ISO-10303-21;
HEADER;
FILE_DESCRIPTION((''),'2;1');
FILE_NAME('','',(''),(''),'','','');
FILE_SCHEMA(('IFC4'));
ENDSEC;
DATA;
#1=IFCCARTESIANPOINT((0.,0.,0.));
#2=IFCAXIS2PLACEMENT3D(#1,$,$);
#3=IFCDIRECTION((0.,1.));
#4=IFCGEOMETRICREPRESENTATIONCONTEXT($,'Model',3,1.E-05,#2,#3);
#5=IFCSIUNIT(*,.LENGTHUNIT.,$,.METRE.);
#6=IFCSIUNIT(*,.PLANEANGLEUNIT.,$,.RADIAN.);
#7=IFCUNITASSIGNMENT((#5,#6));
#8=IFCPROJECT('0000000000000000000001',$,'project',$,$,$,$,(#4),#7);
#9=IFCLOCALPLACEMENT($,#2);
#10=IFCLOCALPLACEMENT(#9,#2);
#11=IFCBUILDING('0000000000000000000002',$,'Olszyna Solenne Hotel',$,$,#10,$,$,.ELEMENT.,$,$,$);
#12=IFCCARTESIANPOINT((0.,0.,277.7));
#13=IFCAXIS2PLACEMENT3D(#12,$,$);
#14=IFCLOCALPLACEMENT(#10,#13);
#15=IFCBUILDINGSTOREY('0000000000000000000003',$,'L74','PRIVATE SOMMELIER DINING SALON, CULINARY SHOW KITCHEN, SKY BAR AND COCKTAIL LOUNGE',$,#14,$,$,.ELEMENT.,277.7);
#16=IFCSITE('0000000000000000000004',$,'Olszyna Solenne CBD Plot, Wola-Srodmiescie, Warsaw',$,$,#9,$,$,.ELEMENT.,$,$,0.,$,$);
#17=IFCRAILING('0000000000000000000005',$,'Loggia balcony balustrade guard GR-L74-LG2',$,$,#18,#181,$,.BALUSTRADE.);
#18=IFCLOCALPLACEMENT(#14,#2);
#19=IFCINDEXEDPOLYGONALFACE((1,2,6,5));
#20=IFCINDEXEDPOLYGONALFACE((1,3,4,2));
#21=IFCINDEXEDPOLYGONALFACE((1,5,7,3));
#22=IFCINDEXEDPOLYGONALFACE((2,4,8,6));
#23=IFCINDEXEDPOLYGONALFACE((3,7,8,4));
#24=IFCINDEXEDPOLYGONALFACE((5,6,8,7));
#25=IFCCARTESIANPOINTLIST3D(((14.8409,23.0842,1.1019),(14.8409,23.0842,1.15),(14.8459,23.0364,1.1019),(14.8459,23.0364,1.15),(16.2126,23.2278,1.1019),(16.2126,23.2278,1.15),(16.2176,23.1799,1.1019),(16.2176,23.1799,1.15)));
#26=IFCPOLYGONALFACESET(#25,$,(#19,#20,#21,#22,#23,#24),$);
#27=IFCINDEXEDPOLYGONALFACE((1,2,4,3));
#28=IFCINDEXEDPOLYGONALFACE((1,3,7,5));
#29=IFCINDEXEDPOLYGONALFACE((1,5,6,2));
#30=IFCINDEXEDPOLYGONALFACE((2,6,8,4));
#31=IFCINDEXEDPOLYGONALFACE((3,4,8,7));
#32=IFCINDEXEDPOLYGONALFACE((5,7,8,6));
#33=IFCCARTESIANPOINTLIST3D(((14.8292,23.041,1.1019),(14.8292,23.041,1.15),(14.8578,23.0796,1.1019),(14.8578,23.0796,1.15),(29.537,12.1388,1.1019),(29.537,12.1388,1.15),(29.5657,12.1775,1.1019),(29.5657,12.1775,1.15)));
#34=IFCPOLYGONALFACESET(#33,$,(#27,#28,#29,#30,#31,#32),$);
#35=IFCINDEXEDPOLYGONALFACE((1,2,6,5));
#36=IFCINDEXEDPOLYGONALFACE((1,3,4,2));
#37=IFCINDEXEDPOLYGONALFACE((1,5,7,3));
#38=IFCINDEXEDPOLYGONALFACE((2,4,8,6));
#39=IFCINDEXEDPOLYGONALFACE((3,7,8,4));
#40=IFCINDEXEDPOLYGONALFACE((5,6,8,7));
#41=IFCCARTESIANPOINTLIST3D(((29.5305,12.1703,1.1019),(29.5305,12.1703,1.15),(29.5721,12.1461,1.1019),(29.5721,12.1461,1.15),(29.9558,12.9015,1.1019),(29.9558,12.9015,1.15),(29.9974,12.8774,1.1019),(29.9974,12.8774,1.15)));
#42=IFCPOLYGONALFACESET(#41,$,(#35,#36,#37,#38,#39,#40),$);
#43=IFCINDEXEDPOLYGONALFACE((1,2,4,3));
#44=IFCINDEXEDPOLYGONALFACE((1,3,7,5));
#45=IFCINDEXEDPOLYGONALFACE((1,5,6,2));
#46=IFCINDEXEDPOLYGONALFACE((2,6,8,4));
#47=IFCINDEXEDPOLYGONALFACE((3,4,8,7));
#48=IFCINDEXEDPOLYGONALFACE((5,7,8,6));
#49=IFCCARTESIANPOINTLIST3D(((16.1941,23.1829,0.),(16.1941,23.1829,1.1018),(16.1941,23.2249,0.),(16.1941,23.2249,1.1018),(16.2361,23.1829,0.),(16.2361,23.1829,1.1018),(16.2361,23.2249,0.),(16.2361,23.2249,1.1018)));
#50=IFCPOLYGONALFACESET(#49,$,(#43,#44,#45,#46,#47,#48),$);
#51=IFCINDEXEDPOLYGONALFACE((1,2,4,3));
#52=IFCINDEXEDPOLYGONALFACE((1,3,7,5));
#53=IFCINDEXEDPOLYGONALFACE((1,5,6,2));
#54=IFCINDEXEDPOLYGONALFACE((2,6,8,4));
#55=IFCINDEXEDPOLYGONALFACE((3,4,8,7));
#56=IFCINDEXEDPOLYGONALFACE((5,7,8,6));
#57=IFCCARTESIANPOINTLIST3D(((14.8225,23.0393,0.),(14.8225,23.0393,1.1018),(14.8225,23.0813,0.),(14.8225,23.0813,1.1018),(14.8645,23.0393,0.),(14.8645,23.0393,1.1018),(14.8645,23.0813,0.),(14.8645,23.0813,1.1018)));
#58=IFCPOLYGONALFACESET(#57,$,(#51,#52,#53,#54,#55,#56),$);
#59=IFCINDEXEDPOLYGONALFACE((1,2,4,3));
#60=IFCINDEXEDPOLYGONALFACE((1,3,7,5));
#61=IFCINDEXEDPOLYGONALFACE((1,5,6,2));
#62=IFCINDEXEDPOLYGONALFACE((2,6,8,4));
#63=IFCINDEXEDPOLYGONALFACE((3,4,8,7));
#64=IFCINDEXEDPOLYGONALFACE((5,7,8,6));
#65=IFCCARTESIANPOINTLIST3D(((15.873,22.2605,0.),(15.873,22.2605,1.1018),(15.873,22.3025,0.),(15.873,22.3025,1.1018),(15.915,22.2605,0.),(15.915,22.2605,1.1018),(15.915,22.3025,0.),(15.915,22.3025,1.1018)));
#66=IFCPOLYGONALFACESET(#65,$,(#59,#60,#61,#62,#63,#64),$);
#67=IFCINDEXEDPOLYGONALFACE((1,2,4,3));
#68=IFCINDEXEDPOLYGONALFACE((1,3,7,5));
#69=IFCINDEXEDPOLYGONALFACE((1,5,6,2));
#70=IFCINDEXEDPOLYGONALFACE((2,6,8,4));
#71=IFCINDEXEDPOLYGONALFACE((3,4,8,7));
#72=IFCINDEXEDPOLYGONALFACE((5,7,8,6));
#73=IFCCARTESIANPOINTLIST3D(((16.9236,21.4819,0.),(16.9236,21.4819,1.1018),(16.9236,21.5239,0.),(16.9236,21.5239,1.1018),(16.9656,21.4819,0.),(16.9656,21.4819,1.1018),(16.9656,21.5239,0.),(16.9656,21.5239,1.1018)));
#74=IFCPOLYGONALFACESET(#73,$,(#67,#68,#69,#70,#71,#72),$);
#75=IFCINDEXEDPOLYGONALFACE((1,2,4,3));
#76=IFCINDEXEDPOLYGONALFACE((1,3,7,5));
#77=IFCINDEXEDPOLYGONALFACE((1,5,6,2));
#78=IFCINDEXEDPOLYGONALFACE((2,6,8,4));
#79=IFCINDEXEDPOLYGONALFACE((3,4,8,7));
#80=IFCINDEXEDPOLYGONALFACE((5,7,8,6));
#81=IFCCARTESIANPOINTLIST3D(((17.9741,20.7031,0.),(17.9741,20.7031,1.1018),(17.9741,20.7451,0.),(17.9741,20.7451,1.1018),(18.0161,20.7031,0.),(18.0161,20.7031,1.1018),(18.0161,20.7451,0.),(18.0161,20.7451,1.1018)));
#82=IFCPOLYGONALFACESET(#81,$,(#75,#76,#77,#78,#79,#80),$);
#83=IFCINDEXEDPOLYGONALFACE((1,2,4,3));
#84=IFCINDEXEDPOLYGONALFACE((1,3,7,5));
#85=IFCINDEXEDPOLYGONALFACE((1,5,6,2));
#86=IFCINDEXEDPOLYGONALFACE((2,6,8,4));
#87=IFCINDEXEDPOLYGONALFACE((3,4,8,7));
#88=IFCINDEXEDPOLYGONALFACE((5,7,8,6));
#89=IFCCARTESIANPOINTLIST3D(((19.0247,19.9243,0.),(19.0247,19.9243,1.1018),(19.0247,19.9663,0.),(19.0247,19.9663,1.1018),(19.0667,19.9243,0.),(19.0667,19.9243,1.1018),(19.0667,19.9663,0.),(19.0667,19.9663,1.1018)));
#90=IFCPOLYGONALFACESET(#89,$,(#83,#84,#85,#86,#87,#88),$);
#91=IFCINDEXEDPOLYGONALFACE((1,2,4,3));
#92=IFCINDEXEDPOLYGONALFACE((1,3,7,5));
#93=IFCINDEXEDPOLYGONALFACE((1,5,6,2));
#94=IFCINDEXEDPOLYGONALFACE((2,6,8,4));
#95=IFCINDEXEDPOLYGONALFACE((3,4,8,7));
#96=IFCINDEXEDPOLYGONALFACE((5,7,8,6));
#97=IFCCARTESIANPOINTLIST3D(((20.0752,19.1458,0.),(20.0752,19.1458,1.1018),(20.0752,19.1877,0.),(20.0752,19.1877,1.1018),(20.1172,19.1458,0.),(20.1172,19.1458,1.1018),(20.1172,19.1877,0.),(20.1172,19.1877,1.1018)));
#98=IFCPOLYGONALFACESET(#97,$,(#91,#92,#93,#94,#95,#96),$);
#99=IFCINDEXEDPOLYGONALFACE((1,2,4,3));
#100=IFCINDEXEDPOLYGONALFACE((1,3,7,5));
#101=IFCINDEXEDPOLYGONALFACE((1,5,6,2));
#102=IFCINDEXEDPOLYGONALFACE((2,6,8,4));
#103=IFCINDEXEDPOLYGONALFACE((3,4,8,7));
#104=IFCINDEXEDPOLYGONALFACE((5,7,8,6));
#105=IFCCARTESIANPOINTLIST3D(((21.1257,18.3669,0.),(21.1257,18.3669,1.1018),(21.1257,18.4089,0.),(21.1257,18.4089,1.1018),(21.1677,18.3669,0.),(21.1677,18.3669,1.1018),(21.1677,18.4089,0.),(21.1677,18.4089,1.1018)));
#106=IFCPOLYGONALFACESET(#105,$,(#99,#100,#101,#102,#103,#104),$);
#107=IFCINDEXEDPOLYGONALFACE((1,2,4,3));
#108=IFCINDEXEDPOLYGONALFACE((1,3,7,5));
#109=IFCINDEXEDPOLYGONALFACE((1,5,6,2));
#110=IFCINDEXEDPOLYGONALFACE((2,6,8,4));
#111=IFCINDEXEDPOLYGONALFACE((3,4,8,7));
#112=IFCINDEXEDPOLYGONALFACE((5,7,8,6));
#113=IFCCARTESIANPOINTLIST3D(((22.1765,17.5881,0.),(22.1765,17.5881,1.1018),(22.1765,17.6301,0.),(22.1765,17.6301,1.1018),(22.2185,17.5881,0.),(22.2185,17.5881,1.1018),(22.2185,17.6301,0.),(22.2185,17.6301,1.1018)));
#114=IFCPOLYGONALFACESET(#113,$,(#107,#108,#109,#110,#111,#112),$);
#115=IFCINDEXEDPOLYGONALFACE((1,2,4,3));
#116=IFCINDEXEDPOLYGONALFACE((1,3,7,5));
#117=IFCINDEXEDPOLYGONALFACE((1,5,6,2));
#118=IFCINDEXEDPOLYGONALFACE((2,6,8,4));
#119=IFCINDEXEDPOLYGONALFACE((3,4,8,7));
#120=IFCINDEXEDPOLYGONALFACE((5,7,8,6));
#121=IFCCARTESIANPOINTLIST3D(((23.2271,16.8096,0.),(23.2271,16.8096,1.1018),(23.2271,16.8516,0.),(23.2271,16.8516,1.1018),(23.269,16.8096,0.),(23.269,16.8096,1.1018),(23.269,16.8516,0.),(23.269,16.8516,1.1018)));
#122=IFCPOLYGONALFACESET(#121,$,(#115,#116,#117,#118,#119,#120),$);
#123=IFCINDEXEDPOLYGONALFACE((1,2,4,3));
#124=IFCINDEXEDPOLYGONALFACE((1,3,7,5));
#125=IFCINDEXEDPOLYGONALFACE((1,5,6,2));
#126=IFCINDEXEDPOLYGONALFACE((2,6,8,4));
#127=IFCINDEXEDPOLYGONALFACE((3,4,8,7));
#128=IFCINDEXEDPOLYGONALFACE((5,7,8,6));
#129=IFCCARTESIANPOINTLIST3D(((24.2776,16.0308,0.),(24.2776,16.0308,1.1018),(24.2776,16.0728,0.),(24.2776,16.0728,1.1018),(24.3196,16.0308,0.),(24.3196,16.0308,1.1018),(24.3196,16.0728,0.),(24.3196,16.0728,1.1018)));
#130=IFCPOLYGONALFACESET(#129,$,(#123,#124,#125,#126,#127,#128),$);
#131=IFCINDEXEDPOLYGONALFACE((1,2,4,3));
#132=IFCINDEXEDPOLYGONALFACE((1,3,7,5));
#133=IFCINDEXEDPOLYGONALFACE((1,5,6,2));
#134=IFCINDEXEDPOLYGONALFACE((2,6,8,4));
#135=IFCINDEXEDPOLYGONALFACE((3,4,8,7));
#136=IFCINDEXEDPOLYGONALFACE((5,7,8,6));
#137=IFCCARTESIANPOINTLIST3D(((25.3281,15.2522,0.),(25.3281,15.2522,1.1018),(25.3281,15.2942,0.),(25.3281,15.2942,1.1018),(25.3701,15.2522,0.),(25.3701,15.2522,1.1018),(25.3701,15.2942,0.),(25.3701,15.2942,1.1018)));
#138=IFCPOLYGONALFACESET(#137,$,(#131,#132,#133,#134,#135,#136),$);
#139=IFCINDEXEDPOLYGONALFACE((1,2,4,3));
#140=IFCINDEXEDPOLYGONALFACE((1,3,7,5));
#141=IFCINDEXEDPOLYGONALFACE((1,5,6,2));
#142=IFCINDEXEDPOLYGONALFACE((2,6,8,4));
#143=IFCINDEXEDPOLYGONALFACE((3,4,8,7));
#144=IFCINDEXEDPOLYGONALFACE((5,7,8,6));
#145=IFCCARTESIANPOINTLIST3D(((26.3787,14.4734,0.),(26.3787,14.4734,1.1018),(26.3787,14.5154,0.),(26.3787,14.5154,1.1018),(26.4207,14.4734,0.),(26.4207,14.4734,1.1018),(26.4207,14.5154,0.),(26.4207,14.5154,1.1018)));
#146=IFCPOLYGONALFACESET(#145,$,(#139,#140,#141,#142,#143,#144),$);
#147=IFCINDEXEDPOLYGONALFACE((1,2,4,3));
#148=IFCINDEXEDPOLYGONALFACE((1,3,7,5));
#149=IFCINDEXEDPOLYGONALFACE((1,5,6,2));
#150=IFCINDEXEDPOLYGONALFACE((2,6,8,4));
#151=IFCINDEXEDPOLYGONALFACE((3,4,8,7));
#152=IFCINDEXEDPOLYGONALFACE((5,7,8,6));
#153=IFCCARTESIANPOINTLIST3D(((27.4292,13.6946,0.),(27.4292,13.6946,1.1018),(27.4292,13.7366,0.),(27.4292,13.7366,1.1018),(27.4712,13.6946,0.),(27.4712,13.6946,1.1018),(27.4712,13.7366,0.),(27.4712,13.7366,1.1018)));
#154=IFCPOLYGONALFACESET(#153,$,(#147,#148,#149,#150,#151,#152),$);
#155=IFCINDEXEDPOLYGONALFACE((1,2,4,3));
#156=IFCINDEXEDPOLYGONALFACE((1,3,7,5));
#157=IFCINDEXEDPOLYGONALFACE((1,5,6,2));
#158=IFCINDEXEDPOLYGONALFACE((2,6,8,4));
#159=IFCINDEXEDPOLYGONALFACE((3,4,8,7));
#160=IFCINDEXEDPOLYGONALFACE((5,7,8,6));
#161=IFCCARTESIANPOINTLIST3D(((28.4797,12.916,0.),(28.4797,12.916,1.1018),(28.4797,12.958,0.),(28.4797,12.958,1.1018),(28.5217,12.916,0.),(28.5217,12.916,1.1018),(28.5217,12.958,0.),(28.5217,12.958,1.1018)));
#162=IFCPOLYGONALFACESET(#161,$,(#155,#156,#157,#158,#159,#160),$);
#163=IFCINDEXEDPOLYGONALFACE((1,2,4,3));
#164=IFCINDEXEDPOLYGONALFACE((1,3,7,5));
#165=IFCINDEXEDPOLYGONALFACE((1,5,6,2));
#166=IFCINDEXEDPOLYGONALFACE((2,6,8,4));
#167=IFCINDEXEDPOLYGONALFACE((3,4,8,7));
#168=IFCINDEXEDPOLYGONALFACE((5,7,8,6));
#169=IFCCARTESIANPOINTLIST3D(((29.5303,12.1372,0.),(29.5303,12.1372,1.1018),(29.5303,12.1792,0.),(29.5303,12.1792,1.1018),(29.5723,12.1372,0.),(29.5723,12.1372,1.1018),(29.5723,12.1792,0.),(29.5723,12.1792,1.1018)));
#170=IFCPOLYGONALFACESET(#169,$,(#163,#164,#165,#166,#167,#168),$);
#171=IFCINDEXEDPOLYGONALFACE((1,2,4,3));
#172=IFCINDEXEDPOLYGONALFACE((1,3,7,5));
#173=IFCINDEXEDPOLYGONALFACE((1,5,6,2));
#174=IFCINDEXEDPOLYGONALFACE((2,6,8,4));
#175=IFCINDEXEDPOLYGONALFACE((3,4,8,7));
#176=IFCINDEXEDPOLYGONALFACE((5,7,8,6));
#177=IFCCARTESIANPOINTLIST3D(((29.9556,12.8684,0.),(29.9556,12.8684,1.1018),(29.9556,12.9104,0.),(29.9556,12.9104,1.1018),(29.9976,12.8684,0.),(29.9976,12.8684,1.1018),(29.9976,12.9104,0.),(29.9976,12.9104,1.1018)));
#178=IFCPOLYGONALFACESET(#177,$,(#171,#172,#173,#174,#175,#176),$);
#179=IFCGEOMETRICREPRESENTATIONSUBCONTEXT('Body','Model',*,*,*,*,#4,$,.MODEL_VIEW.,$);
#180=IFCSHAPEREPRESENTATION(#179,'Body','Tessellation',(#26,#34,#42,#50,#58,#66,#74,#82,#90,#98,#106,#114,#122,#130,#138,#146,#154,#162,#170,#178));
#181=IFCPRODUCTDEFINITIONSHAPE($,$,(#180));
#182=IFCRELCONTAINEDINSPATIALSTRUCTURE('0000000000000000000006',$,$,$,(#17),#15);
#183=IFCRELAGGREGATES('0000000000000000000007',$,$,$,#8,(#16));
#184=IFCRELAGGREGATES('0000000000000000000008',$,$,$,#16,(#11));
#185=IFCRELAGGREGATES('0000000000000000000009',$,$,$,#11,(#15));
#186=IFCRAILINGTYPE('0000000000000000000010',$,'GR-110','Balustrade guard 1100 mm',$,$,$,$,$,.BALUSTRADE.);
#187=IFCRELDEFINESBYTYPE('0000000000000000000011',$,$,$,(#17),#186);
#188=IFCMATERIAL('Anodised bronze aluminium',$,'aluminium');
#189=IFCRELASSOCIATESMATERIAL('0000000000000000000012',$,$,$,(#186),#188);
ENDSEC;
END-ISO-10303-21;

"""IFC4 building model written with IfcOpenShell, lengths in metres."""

from ifc_helpers import new_model, si_unit, direction, frame, origin, origin_2d, place, context, subcontext, project, spatial, rectangle, extrude, material, type_object, element, save


model = new_model("IFC4")

# Units and contexts
model_context = context("Model", 3, precision=1e-05, world=origin(), true_north=direction((0.0, 1.0)))
body_context = subcontext(model_context, "Body", "Model", "MODEL_VIEW")
ifc_project = project(units=[si_unit("LENGTHUNIT", "METRE"), si_unit("PLANEANGLEUNIT", "RADIAN")], contexts=[model_context])

# Site, building, storey
site_placement = place(None, origin())
site = spatial("IfcSite", under=ifc_project, at=site_placement, Name="Olszyna Solenne CBD Plot, Wola-Srodmiescie, Warsaw", CompositionType="ELEMENT", RefElevation=0.0)
building_placement = place(site_placement, origin())
building = spatial("IfcBuilding", under=site, at=building_placement, Name="Olszyna Solenne Hotel", CompositionType="ELEMENT")
storey_placement = place(building_placement, frame((0.0, 0.0, 277.7)))
storey = spatial("IfcBuildingStorey", under=building, at=storey_placement, Name="L74", Description="PRIVATE SOMMELIER DINING SALON, CULINARY SHOW KITCHEN, SKY BAR AND COCKTAIL LOUNGE", CompositionType="ELEMENT", Elevation=277.7)

# Shared definitions
ifc_material_1 = material(Name="Anodised bronze aluminium", Category="aluminium")

# Railing
railing_type = type_object("IfcRailingType", Name="GR-110", Description="Balustrade guard 1100 mm", PredefinedType="BALUSTRADE", material=ifc_material_1)
railing_placement = place(storey_placement, frame((16.2151, 23.2039, 0.0)))
element("IfcRailing", 1, at=railing_placement, inside=storey, type_object=railing_type, Name="Loggia balcony balustrade guard GR-L74-LG2", PredefinedType="BALUSTRADE", context=body_context, shape_type="SweptSolid", body=[
    extrude(rectangle(XDim=0.0481, YDim=0.0481, at=origin_2d()), frame((0.0, 0.0, 1.126), z_axis=(-0.994567, -0.104095, 0.0), x_axis=(0.104095, -0.994567, 0.0)), (0.0, 0.0, 1.0), 1.3792),
    extrude(rectangle(XDim=0.0481, YDim=0.0481, at=origin_2d()), frame((-1.3716, -0.1436, 1.126), z_axis=(0.803362, -0.595491, 0.0), x_axis=(0.595491, 0.803362, 0.0)), (0.0, 0.0, 1.0), 18.3079),
    extrude(rectangle(XDim=0.0481, YDim=0.0481, at=origin_2d()), frame((13.3362, -11.0457, 1.126), z_axis=(0.502776, 0.864417, 0.0), x_axis=(-0.864417, 0.502776, 0.0)), (0.0, 0.0, 1.0), 0.8459),
    extrude(rectangle(XDim=0.042, YDim=0.042, at=origin_2d()), origin(), (0.0, 0.0, 1.0), 1.1018),
    extrude(rectangle(XDim=0.042, YDim=0.042, at=origin_2d()), frame((-1.3716, -0.1436, 0.0)), (0.0, 0.0, 1.0), 1.1018),
    extrude(rectangle(XDim=0.042, YDim=0.042, at=origin_2d()), frame((-0.321, -0.9224, 0.0)), (0.0, 0.0, 1.0), 1.1018),
    extrude(rectangle(XDim=0.042, YDim=0.042, at=origin_2d()), frame((0.7295, -1.7009, 0.0)), (0.0, 0.0, 1.0), 1.1018),
    extrude(rectangle(XDim=0.042, YDim=0.042, at=origin_2d()), frame((1.78, -2.4797, 0.0)), (0.0, 0.0, 1.0), 1.1018),
    extrude(rectangle(XDim=0.042, YDim=0.042, at=origin_2d()), frame((2.8306, -3.2585, 0.0)), (0.0, 0.0, 1.0), 1.1018),
    extrude(rectangle(XDim=0.042, YDim=0.042, at=origin_2d()), frame((3.8811, -4.0371, 0.0)), (0.0, 0.0, 1.0), 1.1018),
    extrude(rectangle(XDim=0.042, YDim=0.042, at=origin_2d()), frame((4.9316, -4.8159, 0.0)), (0.0, 0.0, 1.0), 1.1018),
    extrude(rectangle(XDim=0.042, YDim=0.042, at=origin_2d()), frame((5.9824, -5.5947, 0.0)), (0.0, 0.0, 1.0), 1.1018),
    extrude(rectangle(XDim=0.042, YDim=0.042, at=origin_2d()), frame((7.033, -6.3733, 0.0)), (0.0, 0.0, 1.0), 1.1018),
    extrude(rectangle(XDim=0.042, YDim=0.042, at=origin_2d()), frame((8.0835, -7.1521, 0.0)), (0.0, 0.0, 1.0), 1.1018),
    extrude(rectangle(XDim=0.042, YDim=0.042, at=origin_2d()), frame((9.134, -7.9307, 0.0)), (0.0, 0.0, 1.0), 1.1018),
    extrude(rectangle(XDim=0.042, YDim=0.042, at=origin_2d()), frame((10.1846, -8.7095, 0.0)), (0.0, 0.0, 1.0), 1.1018),
    extrude(rectangle(XDim=0.042, YDim=0.042, at=origin_2d()), frame((11.2351, -9.4883, 0.0)), (0.0, 0.0, 1.0), 1.1018),
    extrude(rectangle(XDim=0.042, YDim=0.042, at=origin_2d()), frame((12.2856, -10.2668, 0.0)), (0.0, 0.0, 1.0), 1.1018),
    extrude(rectangle(XDim=0.042, YDim=0.042, at=origin_2d()), frame((13.3362, -11.0457, 0.0)), (0.0, 0.0, 1.0), 1.1018),
    extrude(rectangle(XDim=0.042, YDim=0.042, at=origin_2d()), frame((13.7615, -10.3145, 0.0)), (0.0, 0.0, 1.0), 1.1018),
])

save(model, "model.ifc")
